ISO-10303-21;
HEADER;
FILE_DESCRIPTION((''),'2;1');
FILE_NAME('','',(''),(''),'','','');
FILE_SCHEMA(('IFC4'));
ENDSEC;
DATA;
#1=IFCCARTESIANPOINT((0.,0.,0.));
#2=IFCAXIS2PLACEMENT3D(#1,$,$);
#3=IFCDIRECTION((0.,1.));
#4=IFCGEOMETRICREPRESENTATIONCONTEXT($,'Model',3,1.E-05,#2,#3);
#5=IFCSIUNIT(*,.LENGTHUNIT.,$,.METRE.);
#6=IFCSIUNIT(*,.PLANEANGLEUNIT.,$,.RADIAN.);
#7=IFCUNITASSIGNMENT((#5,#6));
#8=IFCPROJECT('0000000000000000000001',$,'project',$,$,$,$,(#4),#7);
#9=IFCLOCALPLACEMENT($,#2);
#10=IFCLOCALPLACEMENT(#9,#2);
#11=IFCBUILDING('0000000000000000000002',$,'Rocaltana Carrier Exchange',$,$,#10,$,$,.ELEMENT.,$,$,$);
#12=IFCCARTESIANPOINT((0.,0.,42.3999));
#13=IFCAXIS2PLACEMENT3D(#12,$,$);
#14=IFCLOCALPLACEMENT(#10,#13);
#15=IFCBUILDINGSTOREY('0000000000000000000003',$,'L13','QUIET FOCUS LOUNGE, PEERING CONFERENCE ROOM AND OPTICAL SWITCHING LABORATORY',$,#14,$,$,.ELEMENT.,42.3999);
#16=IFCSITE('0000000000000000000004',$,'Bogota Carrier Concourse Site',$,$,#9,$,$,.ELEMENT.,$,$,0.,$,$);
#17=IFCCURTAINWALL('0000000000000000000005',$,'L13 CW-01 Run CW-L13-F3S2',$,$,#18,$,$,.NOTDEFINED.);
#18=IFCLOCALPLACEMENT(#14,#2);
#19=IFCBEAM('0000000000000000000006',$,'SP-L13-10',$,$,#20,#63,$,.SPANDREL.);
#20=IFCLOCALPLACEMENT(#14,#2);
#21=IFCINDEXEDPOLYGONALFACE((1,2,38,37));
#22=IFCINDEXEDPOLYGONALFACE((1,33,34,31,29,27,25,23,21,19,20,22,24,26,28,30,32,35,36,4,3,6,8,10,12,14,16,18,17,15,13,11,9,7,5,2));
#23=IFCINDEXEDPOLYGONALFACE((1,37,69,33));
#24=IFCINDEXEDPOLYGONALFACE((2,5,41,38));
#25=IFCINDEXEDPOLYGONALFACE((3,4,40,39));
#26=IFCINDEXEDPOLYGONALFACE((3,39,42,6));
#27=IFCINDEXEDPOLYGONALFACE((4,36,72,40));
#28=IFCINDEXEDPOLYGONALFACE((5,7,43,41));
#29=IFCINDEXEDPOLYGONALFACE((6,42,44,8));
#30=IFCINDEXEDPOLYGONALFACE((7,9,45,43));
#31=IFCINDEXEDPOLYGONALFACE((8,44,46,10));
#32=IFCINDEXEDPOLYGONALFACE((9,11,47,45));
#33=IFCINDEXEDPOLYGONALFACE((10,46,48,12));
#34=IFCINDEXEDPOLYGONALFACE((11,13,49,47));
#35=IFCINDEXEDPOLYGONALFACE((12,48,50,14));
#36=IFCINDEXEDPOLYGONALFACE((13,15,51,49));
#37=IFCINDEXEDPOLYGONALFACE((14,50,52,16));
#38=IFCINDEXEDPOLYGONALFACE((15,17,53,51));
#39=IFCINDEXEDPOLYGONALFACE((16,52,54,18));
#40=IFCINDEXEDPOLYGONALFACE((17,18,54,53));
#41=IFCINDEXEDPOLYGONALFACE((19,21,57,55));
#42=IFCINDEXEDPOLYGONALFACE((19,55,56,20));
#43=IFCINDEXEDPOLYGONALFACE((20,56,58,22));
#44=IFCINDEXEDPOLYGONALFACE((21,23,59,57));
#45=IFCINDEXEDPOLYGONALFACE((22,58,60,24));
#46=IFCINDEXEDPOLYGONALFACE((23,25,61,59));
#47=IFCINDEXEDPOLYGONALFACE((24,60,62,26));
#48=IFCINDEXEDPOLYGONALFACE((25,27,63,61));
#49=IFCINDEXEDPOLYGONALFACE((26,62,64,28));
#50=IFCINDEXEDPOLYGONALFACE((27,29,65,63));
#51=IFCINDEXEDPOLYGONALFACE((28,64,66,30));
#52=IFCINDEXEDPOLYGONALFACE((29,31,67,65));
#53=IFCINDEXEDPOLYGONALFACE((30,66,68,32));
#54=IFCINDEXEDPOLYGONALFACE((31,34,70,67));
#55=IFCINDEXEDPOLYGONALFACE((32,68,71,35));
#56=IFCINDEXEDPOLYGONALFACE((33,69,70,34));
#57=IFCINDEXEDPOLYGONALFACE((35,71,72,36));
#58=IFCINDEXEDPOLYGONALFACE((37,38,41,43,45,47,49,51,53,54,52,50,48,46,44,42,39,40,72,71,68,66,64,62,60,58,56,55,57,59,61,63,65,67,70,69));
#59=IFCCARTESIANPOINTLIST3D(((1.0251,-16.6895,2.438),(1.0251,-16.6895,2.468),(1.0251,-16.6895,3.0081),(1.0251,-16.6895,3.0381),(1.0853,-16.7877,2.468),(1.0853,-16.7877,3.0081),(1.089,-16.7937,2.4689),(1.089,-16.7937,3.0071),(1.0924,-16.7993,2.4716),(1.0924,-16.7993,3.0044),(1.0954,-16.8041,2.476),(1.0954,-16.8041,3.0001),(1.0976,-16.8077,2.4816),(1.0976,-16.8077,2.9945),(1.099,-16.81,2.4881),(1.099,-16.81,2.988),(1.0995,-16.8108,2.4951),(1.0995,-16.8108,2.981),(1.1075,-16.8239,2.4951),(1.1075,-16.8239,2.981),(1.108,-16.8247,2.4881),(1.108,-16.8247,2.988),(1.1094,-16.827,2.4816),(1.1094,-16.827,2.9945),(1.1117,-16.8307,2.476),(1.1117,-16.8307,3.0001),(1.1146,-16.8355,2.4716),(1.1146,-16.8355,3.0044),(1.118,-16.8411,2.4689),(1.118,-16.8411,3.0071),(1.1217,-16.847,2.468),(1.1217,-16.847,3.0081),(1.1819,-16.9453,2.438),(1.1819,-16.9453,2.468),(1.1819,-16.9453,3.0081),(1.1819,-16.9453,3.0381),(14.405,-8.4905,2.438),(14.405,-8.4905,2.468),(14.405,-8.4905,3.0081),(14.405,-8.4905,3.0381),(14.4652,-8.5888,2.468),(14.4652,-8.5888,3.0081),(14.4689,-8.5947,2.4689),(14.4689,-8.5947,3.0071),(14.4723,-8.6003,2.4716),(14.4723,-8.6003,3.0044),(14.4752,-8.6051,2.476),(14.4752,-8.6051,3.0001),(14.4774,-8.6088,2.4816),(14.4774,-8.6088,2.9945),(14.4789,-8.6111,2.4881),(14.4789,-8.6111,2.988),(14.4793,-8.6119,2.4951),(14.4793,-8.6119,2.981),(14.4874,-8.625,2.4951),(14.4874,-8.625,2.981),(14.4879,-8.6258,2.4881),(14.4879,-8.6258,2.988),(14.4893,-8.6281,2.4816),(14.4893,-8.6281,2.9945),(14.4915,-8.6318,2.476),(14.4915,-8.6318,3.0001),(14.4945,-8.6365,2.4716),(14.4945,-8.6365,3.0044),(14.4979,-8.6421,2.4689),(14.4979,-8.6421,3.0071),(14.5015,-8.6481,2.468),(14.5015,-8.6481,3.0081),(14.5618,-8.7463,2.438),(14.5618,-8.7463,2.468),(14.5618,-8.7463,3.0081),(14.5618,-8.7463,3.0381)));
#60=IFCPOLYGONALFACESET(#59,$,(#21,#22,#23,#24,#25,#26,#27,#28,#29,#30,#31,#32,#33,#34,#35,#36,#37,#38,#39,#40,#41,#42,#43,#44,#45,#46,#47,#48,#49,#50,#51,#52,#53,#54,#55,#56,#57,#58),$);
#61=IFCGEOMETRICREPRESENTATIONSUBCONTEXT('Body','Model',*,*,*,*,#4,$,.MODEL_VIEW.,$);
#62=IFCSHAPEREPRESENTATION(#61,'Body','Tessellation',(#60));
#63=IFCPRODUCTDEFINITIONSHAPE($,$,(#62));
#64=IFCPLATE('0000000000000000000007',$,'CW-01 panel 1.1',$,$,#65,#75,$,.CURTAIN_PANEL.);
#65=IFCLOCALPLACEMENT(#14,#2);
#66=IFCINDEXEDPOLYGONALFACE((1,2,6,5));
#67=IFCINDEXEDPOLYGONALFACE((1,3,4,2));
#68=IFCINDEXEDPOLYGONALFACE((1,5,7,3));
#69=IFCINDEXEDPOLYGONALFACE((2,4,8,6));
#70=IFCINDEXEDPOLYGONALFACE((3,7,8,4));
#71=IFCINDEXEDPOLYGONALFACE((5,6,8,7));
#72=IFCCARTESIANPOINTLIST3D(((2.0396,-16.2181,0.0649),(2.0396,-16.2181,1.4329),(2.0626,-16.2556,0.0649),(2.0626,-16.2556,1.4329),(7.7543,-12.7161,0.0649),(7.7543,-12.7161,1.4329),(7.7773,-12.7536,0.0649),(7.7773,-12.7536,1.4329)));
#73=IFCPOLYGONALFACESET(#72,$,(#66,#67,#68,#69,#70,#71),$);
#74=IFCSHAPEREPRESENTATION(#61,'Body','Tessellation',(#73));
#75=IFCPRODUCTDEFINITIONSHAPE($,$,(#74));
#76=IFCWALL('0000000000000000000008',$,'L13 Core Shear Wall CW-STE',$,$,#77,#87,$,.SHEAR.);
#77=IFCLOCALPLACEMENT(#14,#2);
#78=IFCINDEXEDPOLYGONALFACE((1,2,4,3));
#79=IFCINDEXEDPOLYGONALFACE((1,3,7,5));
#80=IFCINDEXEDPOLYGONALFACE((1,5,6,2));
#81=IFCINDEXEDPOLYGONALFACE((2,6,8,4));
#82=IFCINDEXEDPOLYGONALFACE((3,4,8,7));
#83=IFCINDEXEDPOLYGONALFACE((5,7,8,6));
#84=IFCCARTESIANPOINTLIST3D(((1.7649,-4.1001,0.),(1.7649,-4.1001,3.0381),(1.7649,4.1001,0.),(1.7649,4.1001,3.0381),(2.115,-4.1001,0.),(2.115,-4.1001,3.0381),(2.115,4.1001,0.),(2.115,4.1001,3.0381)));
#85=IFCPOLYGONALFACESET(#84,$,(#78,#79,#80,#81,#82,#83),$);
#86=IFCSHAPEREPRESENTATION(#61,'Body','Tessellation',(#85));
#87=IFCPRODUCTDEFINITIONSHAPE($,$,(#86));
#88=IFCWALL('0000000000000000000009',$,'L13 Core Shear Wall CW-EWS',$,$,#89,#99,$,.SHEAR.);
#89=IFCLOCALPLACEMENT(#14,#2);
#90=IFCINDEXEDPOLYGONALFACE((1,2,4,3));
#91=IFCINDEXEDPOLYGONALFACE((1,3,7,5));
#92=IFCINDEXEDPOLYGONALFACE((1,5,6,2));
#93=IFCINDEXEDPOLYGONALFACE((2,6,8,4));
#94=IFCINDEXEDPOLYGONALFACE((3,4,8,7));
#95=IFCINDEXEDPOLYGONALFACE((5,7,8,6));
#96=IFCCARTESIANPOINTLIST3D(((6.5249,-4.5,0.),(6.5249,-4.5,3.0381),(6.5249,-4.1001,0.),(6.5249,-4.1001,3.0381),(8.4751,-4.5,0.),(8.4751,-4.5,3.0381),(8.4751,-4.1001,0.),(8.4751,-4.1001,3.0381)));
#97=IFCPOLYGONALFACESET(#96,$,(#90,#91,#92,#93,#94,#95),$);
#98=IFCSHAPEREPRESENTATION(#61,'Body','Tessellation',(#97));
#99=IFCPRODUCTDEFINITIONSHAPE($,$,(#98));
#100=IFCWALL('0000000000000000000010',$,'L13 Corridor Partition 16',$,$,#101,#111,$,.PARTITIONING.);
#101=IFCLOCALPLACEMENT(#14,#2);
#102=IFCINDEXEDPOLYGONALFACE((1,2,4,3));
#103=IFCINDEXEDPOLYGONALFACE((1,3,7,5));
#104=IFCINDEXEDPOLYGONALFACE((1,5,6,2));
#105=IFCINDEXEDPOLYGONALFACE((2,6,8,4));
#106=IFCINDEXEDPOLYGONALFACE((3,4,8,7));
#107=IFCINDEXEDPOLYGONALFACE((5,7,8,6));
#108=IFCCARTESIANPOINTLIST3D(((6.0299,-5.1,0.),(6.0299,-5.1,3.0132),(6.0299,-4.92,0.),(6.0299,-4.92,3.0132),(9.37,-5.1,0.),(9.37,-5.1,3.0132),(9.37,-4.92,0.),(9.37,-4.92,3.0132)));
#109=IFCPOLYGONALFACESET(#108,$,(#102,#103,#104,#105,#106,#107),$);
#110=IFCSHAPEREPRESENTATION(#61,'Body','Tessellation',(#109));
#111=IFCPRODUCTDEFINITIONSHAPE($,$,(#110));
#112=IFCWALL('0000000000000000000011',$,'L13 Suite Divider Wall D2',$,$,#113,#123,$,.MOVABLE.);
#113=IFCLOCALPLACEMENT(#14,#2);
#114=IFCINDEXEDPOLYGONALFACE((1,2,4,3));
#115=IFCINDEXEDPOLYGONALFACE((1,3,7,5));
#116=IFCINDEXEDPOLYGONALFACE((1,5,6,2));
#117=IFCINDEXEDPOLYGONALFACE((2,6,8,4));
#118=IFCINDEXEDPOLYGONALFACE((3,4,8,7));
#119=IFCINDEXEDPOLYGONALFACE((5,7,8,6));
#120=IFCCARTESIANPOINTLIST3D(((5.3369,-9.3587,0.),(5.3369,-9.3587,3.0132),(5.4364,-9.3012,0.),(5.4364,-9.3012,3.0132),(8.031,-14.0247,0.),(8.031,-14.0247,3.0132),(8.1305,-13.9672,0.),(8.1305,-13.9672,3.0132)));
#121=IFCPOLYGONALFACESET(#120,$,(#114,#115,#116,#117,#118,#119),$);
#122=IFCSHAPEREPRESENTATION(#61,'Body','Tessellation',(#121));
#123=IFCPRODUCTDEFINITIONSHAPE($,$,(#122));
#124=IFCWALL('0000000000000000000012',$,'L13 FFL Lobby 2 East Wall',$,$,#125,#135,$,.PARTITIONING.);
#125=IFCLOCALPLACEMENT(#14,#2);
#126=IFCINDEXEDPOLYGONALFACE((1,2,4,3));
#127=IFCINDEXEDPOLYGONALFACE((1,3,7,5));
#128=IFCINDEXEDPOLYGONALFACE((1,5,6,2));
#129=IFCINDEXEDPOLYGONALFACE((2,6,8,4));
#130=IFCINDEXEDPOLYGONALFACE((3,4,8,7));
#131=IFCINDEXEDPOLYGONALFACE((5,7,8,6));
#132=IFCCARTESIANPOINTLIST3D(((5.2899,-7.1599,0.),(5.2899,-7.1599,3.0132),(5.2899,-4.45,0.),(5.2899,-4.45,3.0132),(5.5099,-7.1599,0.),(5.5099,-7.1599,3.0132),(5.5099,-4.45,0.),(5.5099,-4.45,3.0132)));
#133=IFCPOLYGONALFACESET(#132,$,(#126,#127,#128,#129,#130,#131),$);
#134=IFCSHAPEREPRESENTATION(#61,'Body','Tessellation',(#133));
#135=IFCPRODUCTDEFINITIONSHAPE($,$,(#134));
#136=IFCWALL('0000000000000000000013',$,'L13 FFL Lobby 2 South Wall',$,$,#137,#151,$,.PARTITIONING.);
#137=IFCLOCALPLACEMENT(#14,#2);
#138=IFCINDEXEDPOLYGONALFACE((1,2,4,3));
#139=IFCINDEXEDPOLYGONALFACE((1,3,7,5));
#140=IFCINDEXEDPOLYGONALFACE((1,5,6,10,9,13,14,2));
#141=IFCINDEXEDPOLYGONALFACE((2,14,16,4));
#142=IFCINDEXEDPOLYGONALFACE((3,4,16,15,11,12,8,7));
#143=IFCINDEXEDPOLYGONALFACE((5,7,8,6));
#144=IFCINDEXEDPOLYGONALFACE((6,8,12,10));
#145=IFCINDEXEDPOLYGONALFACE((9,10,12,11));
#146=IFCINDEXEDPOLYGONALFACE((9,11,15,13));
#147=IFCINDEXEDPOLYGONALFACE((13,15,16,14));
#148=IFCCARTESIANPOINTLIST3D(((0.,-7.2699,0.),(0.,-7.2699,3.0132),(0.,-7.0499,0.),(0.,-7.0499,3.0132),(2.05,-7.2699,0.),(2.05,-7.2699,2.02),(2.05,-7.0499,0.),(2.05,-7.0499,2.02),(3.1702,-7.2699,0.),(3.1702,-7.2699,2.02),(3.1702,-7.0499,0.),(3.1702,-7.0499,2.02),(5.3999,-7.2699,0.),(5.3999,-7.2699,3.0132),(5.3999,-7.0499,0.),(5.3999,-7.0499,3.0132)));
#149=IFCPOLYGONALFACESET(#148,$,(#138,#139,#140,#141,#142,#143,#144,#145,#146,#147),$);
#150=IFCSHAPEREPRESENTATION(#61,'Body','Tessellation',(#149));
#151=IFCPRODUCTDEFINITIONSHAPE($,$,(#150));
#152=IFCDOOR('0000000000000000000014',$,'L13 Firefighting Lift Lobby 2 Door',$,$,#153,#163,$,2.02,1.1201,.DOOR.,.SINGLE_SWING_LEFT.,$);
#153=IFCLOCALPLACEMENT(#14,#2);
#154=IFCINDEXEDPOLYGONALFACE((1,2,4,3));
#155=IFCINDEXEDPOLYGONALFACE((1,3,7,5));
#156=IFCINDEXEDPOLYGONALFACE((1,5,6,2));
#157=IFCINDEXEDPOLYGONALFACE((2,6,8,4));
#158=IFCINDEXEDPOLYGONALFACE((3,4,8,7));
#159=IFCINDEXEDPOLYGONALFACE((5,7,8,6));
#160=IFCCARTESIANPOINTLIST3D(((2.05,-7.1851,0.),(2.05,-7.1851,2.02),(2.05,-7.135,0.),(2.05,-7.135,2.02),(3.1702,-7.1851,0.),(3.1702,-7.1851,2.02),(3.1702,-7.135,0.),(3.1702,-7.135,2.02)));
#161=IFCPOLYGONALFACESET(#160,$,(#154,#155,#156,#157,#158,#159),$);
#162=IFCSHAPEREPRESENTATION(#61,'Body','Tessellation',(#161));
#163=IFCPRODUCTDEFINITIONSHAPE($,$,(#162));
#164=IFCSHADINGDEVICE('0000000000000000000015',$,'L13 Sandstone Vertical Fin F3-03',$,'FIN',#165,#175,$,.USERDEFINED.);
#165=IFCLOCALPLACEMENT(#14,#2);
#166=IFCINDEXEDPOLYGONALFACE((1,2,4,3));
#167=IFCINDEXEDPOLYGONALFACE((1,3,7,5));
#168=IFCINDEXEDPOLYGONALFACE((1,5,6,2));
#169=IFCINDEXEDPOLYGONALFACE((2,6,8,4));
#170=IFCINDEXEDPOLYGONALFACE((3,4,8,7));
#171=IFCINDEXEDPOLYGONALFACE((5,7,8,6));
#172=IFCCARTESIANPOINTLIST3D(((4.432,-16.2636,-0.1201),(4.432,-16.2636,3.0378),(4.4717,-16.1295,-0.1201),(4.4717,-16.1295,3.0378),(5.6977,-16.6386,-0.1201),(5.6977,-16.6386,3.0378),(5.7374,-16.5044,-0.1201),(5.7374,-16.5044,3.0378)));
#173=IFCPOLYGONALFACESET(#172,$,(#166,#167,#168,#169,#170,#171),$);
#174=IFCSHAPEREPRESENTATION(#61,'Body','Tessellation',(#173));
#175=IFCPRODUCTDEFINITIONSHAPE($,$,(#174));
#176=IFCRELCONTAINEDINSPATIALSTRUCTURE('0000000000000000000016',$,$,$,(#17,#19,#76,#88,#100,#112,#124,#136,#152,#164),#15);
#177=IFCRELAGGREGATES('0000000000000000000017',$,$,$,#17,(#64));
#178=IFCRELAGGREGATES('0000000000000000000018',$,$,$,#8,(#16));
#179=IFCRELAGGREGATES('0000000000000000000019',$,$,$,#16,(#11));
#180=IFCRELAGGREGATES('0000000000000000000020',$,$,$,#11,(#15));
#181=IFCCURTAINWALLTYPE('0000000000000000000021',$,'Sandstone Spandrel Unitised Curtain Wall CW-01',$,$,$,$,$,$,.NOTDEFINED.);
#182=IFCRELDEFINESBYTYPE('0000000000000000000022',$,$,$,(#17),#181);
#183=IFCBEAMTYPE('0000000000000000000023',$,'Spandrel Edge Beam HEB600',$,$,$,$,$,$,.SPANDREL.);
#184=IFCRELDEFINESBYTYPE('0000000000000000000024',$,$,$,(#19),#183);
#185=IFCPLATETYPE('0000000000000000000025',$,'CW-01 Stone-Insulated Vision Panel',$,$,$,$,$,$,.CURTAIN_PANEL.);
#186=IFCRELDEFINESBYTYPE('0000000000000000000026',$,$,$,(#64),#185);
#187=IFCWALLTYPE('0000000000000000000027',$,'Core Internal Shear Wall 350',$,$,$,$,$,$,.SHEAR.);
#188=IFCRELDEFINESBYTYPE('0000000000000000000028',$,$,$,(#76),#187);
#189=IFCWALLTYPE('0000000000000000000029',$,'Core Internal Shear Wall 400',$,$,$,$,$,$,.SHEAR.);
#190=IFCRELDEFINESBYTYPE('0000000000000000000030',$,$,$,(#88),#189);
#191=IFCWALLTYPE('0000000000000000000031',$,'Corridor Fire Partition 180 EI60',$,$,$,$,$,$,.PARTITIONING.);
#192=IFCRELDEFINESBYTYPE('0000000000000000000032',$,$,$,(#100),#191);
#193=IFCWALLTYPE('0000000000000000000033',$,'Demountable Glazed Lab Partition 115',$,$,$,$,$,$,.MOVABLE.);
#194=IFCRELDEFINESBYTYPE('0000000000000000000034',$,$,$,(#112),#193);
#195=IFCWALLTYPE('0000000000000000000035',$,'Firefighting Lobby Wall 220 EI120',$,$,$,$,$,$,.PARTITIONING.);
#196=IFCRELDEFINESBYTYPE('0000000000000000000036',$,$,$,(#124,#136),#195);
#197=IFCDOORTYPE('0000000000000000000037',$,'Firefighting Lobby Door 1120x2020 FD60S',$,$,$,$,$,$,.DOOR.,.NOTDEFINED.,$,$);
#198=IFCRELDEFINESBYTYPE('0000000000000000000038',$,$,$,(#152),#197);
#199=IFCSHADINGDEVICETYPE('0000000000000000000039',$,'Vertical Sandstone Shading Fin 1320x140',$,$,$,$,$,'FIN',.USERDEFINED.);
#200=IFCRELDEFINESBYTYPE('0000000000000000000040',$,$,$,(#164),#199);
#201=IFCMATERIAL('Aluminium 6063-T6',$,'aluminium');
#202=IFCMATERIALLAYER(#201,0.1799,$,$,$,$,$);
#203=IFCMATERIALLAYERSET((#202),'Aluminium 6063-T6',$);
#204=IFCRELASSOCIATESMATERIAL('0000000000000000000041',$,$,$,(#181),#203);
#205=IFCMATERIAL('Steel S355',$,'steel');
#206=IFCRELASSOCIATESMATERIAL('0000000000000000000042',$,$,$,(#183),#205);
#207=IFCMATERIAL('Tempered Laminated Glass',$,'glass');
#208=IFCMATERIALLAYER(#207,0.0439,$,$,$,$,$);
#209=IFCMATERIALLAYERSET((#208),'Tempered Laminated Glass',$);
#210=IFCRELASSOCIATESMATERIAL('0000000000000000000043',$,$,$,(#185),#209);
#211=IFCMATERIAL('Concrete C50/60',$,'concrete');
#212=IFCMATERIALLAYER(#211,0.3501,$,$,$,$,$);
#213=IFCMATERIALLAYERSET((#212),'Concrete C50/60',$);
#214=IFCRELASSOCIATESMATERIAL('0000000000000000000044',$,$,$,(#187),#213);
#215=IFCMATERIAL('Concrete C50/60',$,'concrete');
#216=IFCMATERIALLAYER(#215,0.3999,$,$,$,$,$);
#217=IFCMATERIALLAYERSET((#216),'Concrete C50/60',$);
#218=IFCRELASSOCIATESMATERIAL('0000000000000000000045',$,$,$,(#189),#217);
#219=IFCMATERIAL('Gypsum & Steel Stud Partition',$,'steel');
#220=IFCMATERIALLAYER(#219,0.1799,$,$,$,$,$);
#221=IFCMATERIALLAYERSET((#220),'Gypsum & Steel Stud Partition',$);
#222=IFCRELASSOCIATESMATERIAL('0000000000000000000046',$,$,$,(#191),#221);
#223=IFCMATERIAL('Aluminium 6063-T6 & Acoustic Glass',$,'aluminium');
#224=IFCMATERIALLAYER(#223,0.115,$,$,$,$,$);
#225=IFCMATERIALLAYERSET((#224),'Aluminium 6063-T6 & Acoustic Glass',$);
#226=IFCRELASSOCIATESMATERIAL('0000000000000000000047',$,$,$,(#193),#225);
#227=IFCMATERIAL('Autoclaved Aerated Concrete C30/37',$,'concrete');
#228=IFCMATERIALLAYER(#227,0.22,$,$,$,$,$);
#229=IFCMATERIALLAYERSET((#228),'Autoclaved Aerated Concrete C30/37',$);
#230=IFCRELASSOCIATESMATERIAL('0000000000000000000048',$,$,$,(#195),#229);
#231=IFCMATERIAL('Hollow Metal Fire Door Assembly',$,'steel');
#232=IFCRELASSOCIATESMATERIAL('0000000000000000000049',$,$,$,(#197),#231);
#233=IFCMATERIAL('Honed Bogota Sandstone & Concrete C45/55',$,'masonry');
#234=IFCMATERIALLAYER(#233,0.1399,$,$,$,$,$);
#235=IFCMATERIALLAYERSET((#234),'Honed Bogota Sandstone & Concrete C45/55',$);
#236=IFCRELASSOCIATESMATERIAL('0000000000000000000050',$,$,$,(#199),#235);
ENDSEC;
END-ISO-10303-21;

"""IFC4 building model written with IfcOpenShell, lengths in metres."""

from ifc_helpers import new_model, si_unit, direction, frame, frame_2d, origin, origin_2d, place, context, subcontext, project, spatial, rectangle, i_section, extrude, material, layer, layer_set, material_profile, profile_set, type_object, element, fill, aggregate, save


model = new_model("IFC4")

# Units and contexts
model_context = context("Model", 3, precision=1e-05, world=origin(), true_north=direction((0.0, 1.0)))
body_context = subcontext(model_context, "Body", "Model", "MODEL_VIEW")
ifc_project = project(units=[si_unit("LENGTHUNIT", "METRE"), si_unit("PLANEANGLEUNIT", "RADIAN")], contexts=[model_context])

# Site, building, storey
site_placement = place(None, origin())
site = spatial("IfcSite", under=ifc_project, at=site_placement, Name="Bogota Carrier Concourse Site", CompositionType="ELEMENT", RefElevation=0.0)
building_placement = place(site_placement, origin())
building = spatial("IfcBuilding", under=site, at=building_placement, Name="Rocaltana Carrier Exchange", CompositionType="ELEMENT")
storey_placement = place(building_placement, frame((0.0, 0.0, 42.3999)))
storey = spatial("IfcBuildingStorey", under=building, at=storey_placement, Name="L13", Description="QUIET FOCUS LOUNGE, PEERING CONFERENCE ROOM AND OPTICAL SWITCHING LABORATORY", CompositionType="ELEMENT", Elevation=42.3999)

# Curtain wall
ifc_material_1 = material(Name="Aluminium 6063-T6", Category="aluminium")
ifc_layer_1 = layer(ifc_material_1, 0.1799)
ifc_layer_set_1 = layer_set([ifc_layer_1], Name="Aluminium 6063-T6")
curtain_wall_type = type_object("IfcCurtainWallType", Name="Sandstone Spandrel Unitised Curtain Wall CW-01", PredefinedType="NOTDEFINED", material=ifc_layer_set_1)
curtain_wall_placement = place(storey_placement, origin())
curtain_wall = element("IfcCurtainWall", 1, at=curtain_wall_placement, inside=storey, type_object=curtain_wall_type, Name="L13 CW-01 Run CW-L13-F3S2", PredefinedType="NOTDEFINED")

# Beam
ifc_material_2 = material(Name="Steel S355", Category="steel")
ifc_material_profile_1 = material_profile(ifc_material_2, i_section(OverallWidth=0.3, OverallDepth=0.6001, WebThickness=0.0154, FlangeThickness=0.03, FilletRadius=0.0271, at=origin_2d()), Name="HEB600")
ifc_profile_set_1 = profile_set([ifc_material_profile_1], Name="Steel S355")
beam_type_1 = type_object("IfcBeamType", Name="Spandrel Edge Beam HEB600", PredefinedType="SPANDREL", material=ifc_profile_set_1)
beam_1_placement = place(storey_placement, frame((1.1035, -16.8174, 2.738), z_axis=(0.852647, 0.522488, 0.0), x_axis=(-0.522488, 0.852647, 0.0)))
element("IfcBeam", 2, at=beam_1_placement, inside=storey, type_object=beam_type_1, Name="SP-L13-10", PredefinedType="SPANDREL", context=body_context, shape_type="SweptSolid", body=[
    extrude(i_section(OverallWidth=0.3, OverallDepth=0.6001, WebThickness=0.0154, FlangeThickness=0.03, FilletRadius=0.0271, at=origin_2d()), origin(), (0.0, 0.0, 1.0), 15.6921),
])

# Plate
ifc_material_3 = material(Name="Tempered Laminated Glass", Category="glass")
ifc_layer_2 = layer(ifc_material_3, 0.0439)
ifc_layer_set_2 = layer_set([ifc_layer_2], Name="Tempered Laminated Glass")
plate_type = type_object("IfcPlateType", Name="CW-01 Stone-Insulated Vision Panel", PredefinedType="CURTAIN_PANEL", material=ifc_layer_set_2)
plate_placement = place(storey_placement, frame((4.9084, -14.4858, 0.0649), z_axis=(0.0, 0.0, 1.0), x_axis=(0.852639, 0.5225, 0.0)))
plate = element("IfcPlate", 3, at=plate_placement, type_object=plate_type, Name="CW-01 panel 1.1", PredefinedType="CURTAIN_PANEL", context=body_context, shape_type="SweptSolid", body=[
    extrude(rectangle(XDim=6.7024, YDim=0.0439, at=origin_2d()), origin(), (0.0, 0.0, 1.0), 1.3679),
])
aggregate(curtain_wall, [plate])

# Walls
ifc_material_4 = material(Name="Concrete C50/60", Category="concrete")
ifc_layer_3 = layer(ifc_material_4, 0.3501)
ifc_layer_set_3 = layer_set([ifc_layer_3], Name="Concrete C50/60")
wall_type_1 = type_object("IfcWallType", Name="Core Internal Shear Wall 350", PredefinedType="SHEAR", material=ifc_layer_set_3)
wall_1_placement = place(storey_placement, frame((1.9399, -4.1001, 0.0), z_axis=(0.0, 0.0, 1.0), x_axis=(0.0, 1.0, 0.0)))
element("IfcWall", 4, at=wall_1_placement, inside=storey, type_object=wall_type_1, Name="L13 Core Shear Wall CW-STE", PredefinedType="SHEAR", context=body_context, shape_type="SweptSolid", body=[
    extrude(rectangle(XDim=8.2002, YDim=0.3501, at=frame_2d((4.1001, 0.0))), origin(), (0.0, 0.0, 1.0), 3.0381),
])
ifc_material_5 = material(Name="Concrete C50/60", Category="concrete")
ifc_layer_4 = layer(ifc_material_5, 0.3999)
ifc_layer_set_4 = layer_set([ifc_layer_4], Name="Concrete C50/60")
wall_type_2 = type_object("IfcWallType", Name="Core Internal Shear Wall 400", PredefinedType="SHEAR", material=ifc_layer_set_4)
wall_2_placement = place(storey_placement, frame((6.5249, -4.3, 0.0), z_axis=(0.0, 0.0, 1.0), x_axis=(1.0, 0.0, 0.0)))
element("IfcWall", 5, at=wall_2_placement, inside=storey, type_object=wall_type_2, Name="L13 Core Shear Wall CW-EWS", PredefinedType="SHEAR", context=body_context, shape_type="SweptSolid", body=[
    extrude(rectangle(XDim=1.9502, YDim=0.3999, at=frame_2d((0.9751, 0.0))), origin(), (0.0, 0.0, 1.0), 3.0381),
])
ifc_material_6 = material(Name="Gypsum & Steel Stud Partition", Category="steel")
ifc_layer_5 = layer(ifc_material_6, 0.1799)
ifc_layer_set_5 = layer_set([ifc_layer_5], Name="Gypsum & Steel Stud Partition")
wall_type_3 = type_object("IfcWallType", Name="Corridor Fire Partition 180 EI60", PredefinedType="PARTITIONING", material=ifc_layer_set_5)
wall_3_placement = place(storey_placement, frame((6.03, -5.01, 0.0), z_axis=(0.0, 0.0, 1.0), x_axis=(1.0, 0.0, 0.0)))
element("IfcWall", 6, at=wall_3_placement, inside=storey, type_object=wall_type_3, Name="L13 Corridor Partition 16", PredefinedType="PARTITIONING", context=body_context, shape_type="SweptSolid", body=[
    extrude(rectangle(XDim=3.3401, YDim=0.1799, at=frame_2d((1.6699, 0.0))), origin(), (0.0, 0.0, 1.0), 3.0132),
])
ifc_material_7 = material(Name="Aluminium 6063-T6 & Acoustic Glass", Category="aluminium")
ifc_layer_6 = layer(ifc_material_7, 0.115)
ifc_layer_set_6 = layer_set([ifc_layer_6], Name="Aluminium 6063-T6 & Acoustic Glass")
wall_type_4 = type_object("IfcWallType", Name="Demountable Glazed Lab Partition 115", PredefinedType="MOVABLE", material=ifc_layer_set_6)
wall_4_placement = place(storey_placement, frame((5.3867, -9.3301, 0.0), z_axis=(0.0, 0.0, 1.0), x_axis=(0.500023, -0.866012, 0.0)))
element("IfcWall", 7, at=wall_4_placement, inside=storey, type_object=wall_type_4, Name="L13 Suite Divider Wall D2", PredefinedType="MOVABLE", context=body_context, shape_type="SweptSolid", body=[
    extrude(rectangle(XDim=5.3879, YDim=0.115, at=frame_2d((2.6938, 0.0))), origin(), (0.0, 0.0, 1.0), 3.0132),
])
ifc_material_8 = material(Name="Autoclaved Aerated Concrete C30/37", Category="concrete")
ifc_layer_7 = layer(ifc_material_8, 0.22)
ifc_layer_set_7 = layer_set([ifc_layer_7], Name="Autoclaved Aerated Concrete C30/37")
wall_type_5 = type_object("IfcWallType", Name="Firefighting Lobby Wall 220 EI120", PredefinedType="PARTITIONING", material=ifc_layer_set_7)
wall_5_placement = place(storey_placement, frame((5.3999, -7.1599, 0.0), z_axis=(0.0, 0.0, 1.0), x_axis=(0.0, 1.0, 0.0)))
element("IfcWall", 8, at=wall_5_placement, inside=storey, type_object=wall_type_5, Name="L13 FFL Lobby 2 East Wall", PredefinedType="PARTITIONING", context=body_context, shape_type="SweptSolid", body=[
    extrude(rectangle(XDim=2.71, YDim=0.22, at=frame_2d((1.355, 0.0))), origin(), (0.0, 0.0, 1.0), 3.0132),
])

# Wall, opening, door
wall_6_placement = place(storey_placement, frame((0.0, -7.1599, 0.0), z_axis=(0.0, 0.0, 1.0), x_axis=(1.0, 0.0, 0.0)))
wall_6 = element("IfcWall", 9, at=wall_6_placement, inside=storey, type_object=wall_type_5, Name="L13 FFL Lobby 2 South Wall", PredefinedType="PARTITIONING", context=body_context, shape_type="SweptSolid", body=[
    extrude(rectangle(XDim=5.3999, YDim=0.22, at=frame_2d((2.7, 0.0))), origin(), (0.0, 0.0, 1.0), 3.0132),
])
opening_placement = place(wall_6_placement, frame((2.05, 0.0, 0.0)))
opening = element("IfcOpeningElement", 10, at=opening_placement, cuts=wall_6, PredefinedType="OPENING", context=body_context, shape_type="SweptSolid", body=[
    extrude(rectangle(XDim=1.1201, YDim=2.02, at=frame_2d((0.5601, 1.01))), frame((0.0, 0.1199, 0.0), z_axis=(0.0, -1.0, 0.0), x_axis=(1.0, 0.0, 0.0)), (0.0, 0.0, 1.0), 0.24),
])
ifc_material_9 = material(Name="Hollow Metal Fire Door Assembly", Category="steel")
door_type = type_object("IfcDoorType", Name="Firefighting Lobby Door 1120x2020 FD60S", OperationType="NOTDEFINED", PredefinedType="DOOR", material=ifc_material_9)
door_placement = place(opening_placement, origin())
door = element("IfcDoor", 11, at=door_placement, inside=storey, type_object=door_type, Name="L13 Firefighting Lift Lobby 2 Door", OperationType="SINGLE_SWING_LEFT", OverallHeight=2.02, OverallWidth=1.1201, PredefinedType="DOOR", context=body_context, shape_type="SweptSolid", body=[
    extrude(rectangle(XDim=1.1201, YDim=2.02, at=frame_2d((0.5601, 1.01))), frame((0.0, 0.0249, 0.0), z_axis=(0.0, -1.0, 0.0), x_axis=(1.0, 0.0, 0.0)), (0.0, 0.0, 1.0), 0.05),
])
fill(opening, door)

# Shading device
ifc_material_10 = material(Name="Honed Bogota Sandstone & Concrete C45/55", Category="masonry")
ifc_layer_8 = layer(ifc_material_10, 0.1399)
ifc_layer_set_8 = layer_set([ifc_layer_8], Name="Honed Bogota Sandstone & Concrete C45/55")
shading_device_type = type_object("IfcShadingDeviceType", Name="Vertical Sandstone Shading Fin 1320x140", ElementType="FIN", PredefinedType="USERDEFINED", material=ifc_layer_set_8)
shading_device_placement = place(storey_placement, frame((5.0847, -16.384, -0.1201), z_axis=(0.0, 0.0, 1.0), x_axis=(0.95882, -0.284015, 0.0)))
element("IfcShadingDevice", 12, at=shading_device_placement, inside=storey, type_object=shading_device_type, Name="L13 Sandstone Vertical Fin F3-03", ObjectType="FIN", PredefinedType="USERDEFINED", context=body_context, shape_type="SweptSolid", body=[
    extrude(rectangle(XDim=1.3201, YDim=0.1399, at=origin_2d()), origin(), (0.0, 0.0, 1.0), 3.158),
])

save(model, "model.ifc")
